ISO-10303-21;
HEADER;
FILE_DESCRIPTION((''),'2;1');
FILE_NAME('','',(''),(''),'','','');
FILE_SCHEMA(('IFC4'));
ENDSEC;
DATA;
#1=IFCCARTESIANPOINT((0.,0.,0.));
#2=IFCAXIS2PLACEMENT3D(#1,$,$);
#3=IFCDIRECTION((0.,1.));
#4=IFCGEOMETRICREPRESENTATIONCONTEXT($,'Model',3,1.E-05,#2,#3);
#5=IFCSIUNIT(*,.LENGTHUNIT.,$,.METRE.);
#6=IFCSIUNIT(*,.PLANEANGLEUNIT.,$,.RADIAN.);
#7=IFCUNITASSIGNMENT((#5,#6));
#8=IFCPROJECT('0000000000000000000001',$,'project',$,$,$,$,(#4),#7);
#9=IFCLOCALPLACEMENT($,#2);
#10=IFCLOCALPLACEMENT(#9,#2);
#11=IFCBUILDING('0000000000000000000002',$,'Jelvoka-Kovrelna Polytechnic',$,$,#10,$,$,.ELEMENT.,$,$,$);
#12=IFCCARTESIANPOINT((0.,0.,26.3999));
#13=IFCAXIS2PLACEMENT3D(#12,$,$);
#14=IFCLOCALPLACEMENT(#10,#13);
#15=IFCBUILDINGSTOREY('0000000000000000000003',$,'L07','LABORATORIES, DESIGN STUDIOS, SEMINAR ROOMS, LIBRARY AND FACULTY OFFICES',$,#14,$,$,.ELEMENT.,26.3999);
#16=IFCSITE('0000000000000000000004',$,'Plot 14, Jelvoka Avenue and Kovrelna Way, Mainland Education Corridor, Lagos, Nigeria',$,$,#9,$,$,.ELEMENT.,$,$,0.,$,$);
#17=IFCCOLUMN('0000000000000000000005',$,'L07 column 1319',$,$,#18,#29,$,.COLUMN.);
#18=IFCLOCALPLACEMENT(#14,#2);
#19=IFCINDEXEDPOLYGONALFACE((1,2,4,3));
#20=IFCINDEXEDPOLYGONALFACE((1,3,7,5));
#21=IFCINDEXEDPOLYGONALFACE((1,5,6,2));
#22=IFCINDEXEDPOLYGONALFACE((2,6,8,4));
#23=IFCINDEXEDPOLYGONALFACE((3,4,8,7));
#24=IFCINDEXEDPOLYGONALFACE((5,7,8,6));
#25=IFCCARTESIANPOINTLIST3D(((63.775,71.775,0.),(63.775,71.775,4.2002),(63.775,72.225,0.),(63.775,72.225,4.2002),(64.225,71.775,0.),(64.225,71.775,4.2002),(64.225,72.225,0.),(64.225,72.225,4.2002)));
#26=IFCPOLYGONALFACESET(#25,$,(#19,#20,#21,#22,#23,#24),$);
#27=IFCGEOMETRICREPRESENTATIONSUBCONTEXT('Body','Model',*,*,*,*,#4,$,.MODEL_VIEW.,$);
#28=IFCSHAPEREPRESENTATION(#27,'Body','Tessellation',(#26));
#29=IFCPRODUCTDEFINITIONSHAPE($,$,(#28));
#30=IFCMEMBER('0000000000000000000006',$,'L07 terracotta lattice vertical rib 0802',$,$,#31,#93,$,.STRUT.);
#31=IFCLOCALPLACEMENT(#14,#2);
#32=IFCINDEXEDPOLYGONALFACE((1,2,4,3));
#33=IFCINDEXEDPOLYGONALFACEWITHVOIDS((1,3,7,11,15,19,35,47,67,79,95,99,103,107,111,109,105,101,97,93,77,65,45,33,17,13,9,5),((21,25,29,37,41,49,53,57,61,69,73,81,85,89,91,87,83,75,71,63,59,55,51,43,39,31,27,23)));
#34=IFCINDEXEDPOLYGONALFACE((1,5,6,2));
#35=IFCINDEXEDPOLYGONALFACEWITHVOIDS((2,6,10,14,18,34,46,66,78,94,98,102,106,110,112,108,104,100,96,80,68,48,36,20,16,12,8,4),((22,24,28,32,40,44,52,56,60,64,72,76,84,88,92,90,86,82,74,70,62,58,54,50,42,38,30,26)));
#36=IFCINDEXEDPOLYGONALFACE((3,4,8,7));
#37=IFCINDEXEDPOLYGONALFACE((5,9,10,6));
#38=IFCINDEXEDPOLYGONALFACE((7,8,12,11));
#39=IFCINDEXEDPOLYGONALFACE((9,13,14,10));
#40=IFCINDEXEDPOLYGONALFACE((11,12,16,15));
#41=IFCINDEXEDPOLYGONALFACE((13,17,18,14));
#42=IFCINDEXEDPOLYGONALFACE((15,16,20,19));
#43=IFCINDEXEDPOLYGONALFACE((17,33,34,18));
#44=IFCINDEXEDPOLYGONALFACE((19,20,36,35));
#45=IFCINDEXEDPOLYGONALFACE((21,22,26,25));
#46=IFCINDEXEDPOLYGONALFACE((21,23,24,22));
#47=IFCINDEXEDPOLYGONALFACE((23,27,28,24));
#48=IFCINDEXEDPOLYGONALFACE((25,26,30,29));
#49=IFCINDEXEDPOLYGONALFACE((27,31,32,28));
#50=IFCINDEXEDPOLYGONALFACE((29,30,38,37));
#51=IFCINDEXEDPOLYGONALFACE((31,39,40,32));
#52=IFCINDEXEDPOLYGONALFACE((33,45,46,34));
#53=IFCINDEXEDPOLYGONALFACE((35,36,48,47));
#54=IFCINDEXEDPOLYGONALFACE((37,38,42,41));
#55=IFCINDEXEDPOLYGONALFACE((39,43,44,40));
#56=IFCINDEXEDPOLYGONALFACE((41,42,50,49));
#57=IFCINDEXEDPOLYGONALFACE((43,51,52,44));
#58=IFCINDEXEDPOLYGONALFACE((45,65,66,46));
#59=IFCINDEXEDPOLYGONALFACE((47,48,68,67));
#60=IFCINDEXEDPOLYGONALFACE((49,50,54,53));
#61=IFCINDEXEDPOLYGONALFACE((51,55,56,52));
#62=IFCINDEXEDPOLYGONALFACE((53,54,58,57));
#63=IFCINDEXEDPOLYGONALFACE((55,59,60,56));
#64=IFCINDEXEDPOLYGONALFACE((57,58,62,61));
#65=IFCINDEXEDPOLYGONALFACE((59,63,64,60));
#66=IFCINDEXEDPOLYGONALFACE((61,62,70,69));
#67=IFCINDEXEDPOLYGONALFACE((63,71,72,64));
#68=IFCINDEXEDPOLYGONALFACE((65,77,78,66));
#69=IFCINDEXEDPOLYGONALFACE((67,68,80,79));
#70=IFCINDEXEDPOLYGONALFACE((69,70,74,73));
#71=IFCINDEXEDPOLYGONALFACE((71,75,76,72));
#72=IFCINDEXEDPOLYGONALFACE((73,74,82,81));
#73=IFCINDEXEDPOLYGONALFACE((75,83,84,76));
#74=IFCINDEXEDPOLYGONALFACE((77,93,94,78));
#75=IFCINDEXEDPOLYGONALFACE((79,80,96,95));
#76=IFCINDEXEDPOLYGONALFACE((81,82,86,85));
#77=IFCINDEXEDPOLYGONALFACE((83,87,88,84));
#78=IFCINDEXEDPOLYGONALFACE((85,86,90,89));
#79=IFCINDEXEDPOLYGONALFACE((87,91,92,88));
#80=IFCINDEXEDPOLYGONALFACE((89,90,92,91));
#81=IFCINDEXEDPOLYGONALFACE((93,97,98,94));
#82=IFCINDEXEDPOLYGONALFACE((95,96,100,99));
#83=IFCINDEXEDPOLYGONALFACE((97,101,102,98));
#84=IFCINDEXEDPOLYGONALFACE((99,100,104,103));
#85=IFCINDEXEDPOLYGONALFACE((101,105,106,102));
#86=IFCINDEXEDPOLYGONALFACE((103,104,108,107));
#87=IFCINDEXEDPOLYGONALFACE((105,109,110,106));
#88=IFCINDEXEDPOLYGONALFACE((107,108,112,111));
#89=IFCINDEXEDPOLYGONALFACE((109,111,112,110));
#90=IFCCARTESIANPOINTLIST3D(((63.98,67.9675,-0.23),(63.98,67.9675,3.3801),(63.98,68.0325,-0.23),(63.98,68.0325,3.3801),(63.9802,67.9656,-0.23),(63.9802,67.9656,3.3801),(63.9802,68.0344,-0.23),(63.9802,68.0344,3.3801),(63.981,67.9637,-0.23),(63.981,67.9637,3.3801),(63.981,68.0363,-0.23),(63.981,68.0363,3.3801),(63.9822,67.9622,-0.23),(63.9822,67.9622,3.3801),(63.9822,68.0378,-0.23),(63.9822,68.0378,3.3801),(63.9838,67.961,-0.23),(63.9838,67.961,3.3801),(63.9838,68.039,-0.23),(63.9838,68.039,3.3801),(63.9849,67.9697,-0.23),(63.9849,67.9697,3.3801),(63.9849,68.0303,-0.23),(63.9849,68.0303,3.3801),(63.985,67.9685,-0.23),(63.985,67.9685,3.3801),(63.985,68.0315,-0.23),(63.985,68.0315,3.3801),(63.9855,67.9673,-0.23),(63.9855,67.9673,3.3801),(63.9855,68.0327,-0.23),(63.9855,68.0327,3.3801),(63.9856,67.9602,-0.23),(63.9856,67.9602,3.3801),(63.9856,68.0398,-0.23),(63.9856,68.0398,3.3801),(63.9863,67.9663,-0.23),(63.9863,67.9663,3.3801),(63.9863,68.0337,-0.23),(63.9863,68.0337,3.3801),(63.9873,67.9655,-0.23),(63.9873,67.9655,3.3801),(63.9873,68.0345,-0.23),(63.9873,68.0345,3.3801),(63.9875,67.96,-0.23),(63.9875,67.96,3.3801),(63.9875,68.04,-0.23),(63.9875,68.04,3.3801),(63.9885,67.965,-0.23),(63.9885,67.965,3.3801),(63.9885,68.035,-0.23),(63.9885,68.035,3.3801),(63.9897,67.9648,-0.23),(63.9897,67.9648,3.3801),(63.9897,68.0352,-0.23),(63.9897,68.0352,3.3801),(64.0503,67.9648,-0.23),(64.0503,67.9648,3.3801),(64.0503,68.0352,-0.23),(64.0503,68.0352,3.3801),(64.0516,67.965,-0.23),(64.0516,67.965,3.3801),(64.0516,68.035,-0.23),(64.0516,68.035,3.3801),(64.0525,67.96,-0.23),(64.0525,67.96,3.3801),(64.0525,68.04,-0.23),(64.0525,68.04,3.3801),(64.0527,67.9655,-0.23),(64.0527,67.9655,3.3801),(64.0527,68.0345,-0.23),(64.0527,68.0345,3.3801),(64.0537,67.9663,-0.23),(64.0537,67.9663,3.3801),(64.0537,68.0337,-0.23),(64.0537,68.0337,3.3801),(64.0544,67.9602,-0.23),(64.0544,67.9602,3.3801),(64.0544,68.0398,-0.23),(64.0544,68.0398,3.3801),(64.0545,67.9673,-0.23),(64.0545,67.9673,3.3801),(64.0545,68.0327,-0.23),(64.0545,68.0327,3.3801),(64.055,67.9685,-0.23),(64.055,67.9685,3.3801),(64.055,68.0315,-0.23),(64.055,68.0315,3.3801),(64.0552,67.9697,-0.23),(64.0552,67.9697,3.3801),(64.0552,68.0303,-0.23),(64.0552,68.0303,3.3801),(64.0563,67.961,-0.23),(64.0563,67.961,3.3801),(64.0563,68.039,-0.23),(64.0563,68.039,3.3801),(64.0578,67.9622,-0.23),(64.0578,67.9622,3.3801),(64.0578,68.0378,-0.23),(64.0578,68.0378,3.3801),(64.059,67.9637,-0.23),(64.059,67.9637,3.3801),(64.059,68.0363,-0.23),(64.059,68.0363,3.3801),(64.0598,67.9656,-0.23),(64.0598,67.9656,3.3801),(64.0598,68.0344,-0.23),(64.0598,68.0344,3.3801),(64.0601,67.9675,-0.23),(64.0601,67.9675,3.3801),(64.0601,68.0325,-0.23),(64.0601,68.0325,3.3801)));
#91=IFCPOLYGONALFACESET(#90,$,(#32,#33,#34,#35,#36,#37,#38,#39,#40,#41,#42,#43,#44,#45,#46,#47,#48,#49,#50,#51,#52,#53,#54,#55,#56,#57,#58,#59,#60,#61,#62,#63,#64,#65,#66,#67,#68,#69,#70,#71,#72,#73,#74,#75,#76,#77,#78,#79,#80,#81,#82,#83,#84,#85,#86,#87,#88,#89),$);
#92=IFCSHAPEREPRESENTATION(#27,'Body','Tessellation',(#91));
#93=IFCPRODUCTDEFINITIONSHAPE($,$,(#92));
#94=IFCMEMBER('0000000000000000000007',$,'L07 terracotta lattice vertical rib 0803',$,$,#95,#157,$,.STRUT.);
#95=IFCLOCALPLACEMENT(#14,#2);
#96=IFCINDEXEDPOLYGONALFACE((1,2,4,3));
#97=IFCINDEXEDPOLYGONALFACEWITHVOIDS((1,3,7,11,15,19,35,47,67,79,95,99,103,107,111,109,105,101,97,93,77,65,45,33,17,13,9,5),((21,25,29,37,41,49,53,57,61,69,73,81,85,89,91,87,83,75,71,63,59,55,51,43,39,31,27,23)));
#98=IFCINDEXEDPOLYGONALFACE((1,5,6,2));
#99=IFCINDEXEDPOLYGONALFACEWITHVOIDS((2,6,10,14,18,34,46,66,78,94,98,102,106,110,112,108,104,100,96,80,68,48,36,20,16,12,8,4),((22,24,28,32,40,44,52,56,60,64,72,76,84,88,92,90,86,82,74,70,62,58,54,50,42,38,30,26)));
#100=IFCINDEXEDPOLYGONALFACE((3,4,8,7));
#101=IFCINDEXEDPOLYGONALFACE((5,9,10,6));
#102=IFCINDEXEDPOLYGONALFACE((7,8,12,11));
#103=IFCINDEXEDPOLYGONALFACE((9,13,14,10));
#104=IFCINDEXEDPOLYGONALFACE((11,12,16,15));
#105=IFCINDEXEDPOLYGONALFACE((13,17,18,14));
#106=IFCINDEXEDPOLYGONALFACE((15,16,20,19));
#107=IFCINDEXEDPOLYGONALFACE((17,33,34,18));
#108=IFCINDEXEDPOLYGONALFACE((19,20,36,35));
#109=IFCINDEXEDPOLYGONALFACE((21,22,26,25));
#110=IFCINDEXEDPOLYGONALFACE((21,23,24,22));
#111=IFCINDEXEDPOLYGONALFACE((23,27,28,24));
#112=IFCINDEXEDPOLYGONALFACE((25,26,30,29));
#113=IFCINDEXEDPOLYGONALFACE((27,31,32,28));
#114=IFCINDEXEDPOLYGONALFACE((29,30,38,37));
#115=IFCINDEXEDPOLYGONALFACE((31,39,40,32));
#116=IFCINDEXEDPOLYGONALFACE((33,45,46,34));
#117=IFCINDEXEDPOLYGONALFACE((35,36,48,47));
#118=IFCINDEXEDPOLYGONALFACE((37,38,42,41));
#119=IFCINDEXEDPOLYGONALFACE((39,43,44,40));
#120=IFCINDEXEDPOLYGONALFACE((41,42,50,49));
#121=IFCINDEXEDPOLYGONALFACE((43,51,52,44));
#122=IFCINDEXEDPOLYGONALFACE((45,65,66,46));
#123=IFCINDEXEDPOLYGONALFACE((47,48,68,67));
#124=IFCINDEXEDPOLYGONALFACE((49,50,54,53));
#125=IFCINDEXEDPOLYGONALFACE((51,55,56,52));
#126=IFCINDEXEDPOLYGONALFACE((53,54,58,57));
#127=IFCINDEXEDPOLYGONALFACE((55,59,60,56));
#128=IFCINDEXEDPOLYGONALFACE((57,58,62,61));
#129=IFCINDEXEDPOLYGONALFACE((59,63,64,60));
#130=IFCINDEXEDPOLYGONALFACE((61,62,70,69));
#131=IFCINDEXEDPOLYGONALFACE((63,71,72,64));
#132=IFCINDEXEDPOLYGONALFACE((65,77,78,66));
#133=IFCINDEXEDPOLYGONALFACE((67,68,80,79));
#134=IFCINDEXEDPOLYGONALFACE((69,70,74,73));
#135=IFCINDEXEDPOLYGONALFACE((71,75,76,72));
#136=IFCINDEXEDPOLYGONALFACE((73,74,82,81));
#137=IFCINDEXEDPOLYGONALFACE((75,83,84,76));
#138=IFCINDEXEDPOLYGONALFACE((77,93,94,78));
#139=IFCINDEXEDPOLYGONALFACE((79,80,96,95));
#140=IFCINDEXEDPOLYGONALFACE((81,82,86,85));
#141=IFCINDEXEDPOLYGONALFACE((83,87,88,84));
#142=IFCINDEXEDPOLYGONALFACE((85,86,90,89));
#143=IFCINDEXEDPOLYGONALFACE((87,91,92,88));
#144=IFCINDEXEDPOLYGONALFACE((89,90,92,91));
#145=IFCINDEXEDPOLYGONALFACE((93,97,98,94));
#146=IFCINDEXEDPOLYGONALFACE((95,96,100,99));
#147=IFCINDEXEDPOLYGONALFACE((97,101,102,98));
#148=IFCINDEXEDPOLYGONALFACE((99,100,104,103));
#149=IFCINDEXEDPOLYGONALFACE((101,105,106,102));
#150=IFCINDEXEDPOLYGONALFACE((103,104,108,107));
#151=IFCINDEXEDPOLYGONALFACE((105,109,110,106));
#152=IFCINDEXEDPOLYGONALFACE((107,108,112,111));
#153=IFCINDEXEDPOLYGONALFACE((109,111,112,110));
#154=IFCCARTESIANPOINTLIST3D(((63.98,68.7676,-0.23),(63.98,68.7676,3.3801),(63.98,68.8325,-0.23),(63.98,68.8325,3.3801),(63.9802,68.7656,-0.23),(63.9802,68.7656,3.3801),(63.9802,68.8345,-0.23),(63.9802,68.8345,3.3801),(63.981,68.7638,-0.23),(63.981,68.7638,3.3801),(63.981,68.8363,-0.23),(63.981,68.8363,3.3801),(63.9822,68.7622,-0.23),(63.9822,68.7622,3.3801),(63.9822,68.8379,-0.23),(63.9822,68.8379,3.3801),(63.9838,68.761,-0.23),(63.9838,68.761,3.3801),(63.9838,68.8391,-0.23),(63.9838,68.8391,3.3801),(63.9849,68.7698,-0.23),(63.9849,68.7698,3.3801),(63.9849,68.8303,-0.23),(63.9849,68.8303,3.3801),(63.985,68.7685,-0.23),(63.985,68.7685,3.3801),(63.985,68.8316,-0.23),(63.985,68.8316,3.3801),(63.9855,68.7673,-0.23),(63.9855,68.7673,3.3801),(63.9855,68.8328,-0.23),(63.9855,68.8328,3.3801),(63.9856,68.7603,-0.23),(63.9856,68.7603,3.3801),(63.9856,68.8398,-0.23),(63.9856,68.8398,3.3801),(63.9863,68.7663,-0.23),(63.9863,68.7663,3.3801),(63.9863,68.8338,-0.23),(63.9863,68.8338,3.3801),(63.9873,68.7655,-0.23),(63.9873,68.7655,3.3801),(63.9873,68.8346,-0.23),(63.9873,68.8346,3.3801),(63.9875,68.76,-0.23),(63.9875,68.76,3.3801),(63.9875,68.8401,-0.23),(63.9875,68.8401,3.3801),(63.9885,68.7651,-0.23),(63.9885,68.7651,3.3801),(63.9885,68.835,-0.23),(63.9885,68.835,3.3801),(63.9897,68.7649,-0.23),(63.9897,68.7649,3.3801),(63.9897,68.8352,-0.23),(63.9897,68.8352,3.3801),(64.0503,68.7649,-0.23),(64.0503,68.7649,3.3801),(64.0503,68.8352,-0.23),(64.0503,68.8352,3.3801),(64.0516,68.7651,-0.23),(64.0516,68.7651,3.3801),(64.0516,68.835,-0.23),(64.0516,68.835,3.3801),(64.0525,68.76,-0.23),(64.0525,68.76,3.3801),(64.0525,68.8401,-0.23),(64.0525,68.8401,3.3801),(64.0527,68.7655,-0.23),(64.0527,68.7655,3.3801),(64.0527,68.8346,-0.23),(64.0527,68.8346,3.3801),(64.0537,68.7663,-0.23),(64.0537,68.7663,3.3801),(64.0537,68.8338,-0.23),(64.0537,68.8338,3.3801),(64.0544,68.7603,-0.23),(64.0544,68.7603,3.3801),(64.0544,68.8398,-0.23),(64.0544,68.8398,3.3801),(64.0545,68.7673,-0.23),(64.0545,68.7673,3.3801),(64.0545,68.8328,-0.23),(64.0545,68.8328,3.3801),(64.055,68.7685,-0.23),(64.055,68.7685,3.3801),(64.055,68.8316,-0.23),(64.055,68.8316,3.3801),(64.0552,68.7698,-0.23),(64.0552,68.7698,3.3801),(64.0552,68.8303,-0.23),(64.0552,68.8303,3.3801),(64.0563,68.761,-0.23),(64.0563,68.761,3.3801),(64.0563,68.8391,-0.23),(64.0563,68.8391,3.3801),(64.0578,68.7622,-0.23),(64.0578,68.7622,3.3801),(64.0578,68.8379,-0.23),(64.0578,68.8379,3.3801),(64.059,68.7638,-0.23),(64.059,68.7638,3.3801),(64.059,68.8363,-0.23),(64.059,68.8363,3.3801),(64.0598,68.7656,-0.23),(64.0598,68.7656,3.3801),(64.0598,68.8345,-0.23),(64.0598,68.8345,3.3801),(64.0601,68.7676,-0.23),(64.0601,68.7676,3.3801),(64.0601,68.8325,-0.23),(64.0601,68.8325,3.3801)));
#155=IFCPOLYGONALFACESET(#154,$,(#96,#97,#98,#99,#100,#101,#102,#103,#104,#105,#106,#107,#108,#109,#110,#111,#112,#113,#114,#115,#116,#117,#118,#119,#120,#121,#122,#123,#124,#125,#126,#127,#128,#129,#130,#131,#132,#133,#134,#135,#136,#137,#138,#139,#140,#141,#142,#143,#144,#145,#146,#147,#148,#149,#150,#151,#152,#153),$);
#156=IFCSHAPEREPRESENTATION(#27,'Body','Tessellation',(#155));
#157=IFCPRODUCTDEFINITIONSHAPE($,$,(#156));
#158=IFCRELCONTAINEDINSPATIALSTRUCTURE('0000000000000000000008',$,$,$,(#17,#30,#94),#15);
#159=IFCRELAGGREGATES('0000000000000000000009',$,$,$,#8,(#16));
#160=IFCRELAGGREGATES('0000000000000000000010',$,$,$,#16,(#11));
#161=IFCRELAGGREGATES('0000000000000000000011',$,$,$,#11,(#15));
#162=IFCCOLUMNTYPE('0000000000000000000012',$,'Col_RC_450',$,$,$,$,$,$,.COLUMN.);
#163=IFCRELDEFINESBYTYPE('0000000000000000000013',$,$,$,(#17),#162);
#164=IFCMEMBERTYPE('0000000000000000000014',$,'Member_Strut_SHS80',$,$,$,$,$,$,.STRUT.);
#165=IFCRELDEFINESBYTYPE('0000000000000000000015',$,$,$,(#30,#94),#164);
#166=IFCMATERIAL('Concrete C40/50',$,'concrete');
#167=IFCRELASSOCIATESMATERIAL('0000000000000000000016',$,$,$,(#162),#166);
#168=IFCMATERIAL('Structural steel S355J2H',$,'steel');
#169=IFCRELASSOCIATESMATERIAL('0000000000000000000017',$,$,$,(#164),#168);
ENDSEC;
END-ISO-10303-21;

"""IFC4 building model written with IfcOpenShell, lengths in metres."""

from ifc_helpers import new_model, si_unit, direction, frame, origin, origin_2d, place, context, subcontext, project, spatial, rectangle, hollow_rectangle, extrude, material, material_profile, profile_set, type_object, element, save


model = new_model("IFC4")

# Units and contexts
model_context = context("Model", 3, precision=1e-05, world=origin(), true_north=direction((0.0, 1.0)))
body_context = subcontext(model_context, "Body", "Model", "MODEL_VIEW")
ifc_project = project(units=[si_unit("LENGTHUNIT", "METRE"), si_unit("PLANEANGLEUNIT", "RADIAN")], contexts=[model_context])

# Site, building, storey
site_placement = place(None, origin())
site = spatial("IfcSite", under=ifc_project, at=site_placement, Name="Plot 14, Jelvoka Avenue and Kovrelna Way, Mainland Education Corridor, Lagos, Nigeria", CompositionType="ELEMENT", RefElevation=0.0)
building_placement = place(site_placement, origin())
building = spatial("IfcBuilding", under=site, at=building_placement, Name="Jelvoka-Kovrelna Polytechnic", CompositionType="ELEMENT")
storey_placement = place(building_placement, frame((0.0, 0.0, 26.3999)))
storey = spatial("IfcBuildingStorey", under=building, at=storey_placement, Name="L07", Description="LABORATORIES, DESIGN STUDIOS, SEMINAR ROOMS, LIBRARY AND FACULTY OFFICES", CompositionType="ELEMENT", Elevation=26.3999)

# Column
ifc_material_1 = material(Name="Concrete C40/50", Category="concrete")
ifc_material_profile_1 = material_profile(ifc_material_1, rectangle(XDim=0.45, YDim=0.45, at=origin_2d()), Name="RC 450x450")
ifc_profile_set_1 = profile_set([ifc_material_profile_1], Name="Concrete C40/50")
column_type = type_object("IfcColumnType", Name="Col_RC_450", PredefinedType="COLUMN", material=ifc_profile_set_1)
column_placement = place(storey_placement, frame((64.0, 72.0, 0.0), z_axis=(0.0, 0.0, 1.0), x_axis=(1.0, 0.0, 0.0)))
element("IfcColumn", 1, at=column_placement, inside=storey, type_object=column_type, Name="L07 column 1319", PredefinedType="COLUMN", context=body_context, shape_type="SweptSolid", body=[
    extrude(rectangle(XDim=0.45, YDim=0.45, at=origin_2d()), origin(), (0.0, 0.0, 1.0), 4.2002),
])

# Members
ifc_material_2 = material(Name="Structural steel S355J2H", Category="steel")
ifc_material_profile_2 = material_profile(ifc_material_2, hollow_rectangle(XDim=0.0801, YDim=0.0801, WallThickness=0.0049, InnerFilletRadius=0.0049, OuterFilletRadius=0.0076, at=origin_2d()), Name="80x80x5.0 SHS")
ifc_profile_set_2 = profile_set([ifc_material_profile_2], Name="Structural steel S355J2H")
member_type = type_object("IfcMemberType", Name="Member_Strut_SHS80", PredefinedType="STRUT", material=ifc_profile_set_2)
for number, where, z_axis, x_axis, name in (
    (2, (64.02, 68.0, -0.23), (0.0, 0.0, 1.0), (1.0, 0.0, 0.0), "L07 terracotta lattice vertical rib 0802"),
    (3, (64.02, 68.8, -0.23), (0.0, 0.0, 1.0), (1.0, 0.0, 0.0), "L07 terracotta lattice vertical rib 0803"),
):
    element("IfcMember", number, at=place(storey_placement, frame(where, z_axis=z_axis, x_axis=x_axis)), inside=storey, type_object=member_type, Name=name, PredefinedType="STRUT", context=body_context, shape_type="SweptSolid", body=[
        extrude(hollow_rectangle(XDim=0.0801, YDim=0.0801, WallThickness=0.0049, InnerFilletRadius=0.0049, OuterFilletRadius=0.0076, at=origin_2d()), origin(), (0.0, 0.0, 1.0), 3.6101),
    ])

save(model, "model.ifc")
